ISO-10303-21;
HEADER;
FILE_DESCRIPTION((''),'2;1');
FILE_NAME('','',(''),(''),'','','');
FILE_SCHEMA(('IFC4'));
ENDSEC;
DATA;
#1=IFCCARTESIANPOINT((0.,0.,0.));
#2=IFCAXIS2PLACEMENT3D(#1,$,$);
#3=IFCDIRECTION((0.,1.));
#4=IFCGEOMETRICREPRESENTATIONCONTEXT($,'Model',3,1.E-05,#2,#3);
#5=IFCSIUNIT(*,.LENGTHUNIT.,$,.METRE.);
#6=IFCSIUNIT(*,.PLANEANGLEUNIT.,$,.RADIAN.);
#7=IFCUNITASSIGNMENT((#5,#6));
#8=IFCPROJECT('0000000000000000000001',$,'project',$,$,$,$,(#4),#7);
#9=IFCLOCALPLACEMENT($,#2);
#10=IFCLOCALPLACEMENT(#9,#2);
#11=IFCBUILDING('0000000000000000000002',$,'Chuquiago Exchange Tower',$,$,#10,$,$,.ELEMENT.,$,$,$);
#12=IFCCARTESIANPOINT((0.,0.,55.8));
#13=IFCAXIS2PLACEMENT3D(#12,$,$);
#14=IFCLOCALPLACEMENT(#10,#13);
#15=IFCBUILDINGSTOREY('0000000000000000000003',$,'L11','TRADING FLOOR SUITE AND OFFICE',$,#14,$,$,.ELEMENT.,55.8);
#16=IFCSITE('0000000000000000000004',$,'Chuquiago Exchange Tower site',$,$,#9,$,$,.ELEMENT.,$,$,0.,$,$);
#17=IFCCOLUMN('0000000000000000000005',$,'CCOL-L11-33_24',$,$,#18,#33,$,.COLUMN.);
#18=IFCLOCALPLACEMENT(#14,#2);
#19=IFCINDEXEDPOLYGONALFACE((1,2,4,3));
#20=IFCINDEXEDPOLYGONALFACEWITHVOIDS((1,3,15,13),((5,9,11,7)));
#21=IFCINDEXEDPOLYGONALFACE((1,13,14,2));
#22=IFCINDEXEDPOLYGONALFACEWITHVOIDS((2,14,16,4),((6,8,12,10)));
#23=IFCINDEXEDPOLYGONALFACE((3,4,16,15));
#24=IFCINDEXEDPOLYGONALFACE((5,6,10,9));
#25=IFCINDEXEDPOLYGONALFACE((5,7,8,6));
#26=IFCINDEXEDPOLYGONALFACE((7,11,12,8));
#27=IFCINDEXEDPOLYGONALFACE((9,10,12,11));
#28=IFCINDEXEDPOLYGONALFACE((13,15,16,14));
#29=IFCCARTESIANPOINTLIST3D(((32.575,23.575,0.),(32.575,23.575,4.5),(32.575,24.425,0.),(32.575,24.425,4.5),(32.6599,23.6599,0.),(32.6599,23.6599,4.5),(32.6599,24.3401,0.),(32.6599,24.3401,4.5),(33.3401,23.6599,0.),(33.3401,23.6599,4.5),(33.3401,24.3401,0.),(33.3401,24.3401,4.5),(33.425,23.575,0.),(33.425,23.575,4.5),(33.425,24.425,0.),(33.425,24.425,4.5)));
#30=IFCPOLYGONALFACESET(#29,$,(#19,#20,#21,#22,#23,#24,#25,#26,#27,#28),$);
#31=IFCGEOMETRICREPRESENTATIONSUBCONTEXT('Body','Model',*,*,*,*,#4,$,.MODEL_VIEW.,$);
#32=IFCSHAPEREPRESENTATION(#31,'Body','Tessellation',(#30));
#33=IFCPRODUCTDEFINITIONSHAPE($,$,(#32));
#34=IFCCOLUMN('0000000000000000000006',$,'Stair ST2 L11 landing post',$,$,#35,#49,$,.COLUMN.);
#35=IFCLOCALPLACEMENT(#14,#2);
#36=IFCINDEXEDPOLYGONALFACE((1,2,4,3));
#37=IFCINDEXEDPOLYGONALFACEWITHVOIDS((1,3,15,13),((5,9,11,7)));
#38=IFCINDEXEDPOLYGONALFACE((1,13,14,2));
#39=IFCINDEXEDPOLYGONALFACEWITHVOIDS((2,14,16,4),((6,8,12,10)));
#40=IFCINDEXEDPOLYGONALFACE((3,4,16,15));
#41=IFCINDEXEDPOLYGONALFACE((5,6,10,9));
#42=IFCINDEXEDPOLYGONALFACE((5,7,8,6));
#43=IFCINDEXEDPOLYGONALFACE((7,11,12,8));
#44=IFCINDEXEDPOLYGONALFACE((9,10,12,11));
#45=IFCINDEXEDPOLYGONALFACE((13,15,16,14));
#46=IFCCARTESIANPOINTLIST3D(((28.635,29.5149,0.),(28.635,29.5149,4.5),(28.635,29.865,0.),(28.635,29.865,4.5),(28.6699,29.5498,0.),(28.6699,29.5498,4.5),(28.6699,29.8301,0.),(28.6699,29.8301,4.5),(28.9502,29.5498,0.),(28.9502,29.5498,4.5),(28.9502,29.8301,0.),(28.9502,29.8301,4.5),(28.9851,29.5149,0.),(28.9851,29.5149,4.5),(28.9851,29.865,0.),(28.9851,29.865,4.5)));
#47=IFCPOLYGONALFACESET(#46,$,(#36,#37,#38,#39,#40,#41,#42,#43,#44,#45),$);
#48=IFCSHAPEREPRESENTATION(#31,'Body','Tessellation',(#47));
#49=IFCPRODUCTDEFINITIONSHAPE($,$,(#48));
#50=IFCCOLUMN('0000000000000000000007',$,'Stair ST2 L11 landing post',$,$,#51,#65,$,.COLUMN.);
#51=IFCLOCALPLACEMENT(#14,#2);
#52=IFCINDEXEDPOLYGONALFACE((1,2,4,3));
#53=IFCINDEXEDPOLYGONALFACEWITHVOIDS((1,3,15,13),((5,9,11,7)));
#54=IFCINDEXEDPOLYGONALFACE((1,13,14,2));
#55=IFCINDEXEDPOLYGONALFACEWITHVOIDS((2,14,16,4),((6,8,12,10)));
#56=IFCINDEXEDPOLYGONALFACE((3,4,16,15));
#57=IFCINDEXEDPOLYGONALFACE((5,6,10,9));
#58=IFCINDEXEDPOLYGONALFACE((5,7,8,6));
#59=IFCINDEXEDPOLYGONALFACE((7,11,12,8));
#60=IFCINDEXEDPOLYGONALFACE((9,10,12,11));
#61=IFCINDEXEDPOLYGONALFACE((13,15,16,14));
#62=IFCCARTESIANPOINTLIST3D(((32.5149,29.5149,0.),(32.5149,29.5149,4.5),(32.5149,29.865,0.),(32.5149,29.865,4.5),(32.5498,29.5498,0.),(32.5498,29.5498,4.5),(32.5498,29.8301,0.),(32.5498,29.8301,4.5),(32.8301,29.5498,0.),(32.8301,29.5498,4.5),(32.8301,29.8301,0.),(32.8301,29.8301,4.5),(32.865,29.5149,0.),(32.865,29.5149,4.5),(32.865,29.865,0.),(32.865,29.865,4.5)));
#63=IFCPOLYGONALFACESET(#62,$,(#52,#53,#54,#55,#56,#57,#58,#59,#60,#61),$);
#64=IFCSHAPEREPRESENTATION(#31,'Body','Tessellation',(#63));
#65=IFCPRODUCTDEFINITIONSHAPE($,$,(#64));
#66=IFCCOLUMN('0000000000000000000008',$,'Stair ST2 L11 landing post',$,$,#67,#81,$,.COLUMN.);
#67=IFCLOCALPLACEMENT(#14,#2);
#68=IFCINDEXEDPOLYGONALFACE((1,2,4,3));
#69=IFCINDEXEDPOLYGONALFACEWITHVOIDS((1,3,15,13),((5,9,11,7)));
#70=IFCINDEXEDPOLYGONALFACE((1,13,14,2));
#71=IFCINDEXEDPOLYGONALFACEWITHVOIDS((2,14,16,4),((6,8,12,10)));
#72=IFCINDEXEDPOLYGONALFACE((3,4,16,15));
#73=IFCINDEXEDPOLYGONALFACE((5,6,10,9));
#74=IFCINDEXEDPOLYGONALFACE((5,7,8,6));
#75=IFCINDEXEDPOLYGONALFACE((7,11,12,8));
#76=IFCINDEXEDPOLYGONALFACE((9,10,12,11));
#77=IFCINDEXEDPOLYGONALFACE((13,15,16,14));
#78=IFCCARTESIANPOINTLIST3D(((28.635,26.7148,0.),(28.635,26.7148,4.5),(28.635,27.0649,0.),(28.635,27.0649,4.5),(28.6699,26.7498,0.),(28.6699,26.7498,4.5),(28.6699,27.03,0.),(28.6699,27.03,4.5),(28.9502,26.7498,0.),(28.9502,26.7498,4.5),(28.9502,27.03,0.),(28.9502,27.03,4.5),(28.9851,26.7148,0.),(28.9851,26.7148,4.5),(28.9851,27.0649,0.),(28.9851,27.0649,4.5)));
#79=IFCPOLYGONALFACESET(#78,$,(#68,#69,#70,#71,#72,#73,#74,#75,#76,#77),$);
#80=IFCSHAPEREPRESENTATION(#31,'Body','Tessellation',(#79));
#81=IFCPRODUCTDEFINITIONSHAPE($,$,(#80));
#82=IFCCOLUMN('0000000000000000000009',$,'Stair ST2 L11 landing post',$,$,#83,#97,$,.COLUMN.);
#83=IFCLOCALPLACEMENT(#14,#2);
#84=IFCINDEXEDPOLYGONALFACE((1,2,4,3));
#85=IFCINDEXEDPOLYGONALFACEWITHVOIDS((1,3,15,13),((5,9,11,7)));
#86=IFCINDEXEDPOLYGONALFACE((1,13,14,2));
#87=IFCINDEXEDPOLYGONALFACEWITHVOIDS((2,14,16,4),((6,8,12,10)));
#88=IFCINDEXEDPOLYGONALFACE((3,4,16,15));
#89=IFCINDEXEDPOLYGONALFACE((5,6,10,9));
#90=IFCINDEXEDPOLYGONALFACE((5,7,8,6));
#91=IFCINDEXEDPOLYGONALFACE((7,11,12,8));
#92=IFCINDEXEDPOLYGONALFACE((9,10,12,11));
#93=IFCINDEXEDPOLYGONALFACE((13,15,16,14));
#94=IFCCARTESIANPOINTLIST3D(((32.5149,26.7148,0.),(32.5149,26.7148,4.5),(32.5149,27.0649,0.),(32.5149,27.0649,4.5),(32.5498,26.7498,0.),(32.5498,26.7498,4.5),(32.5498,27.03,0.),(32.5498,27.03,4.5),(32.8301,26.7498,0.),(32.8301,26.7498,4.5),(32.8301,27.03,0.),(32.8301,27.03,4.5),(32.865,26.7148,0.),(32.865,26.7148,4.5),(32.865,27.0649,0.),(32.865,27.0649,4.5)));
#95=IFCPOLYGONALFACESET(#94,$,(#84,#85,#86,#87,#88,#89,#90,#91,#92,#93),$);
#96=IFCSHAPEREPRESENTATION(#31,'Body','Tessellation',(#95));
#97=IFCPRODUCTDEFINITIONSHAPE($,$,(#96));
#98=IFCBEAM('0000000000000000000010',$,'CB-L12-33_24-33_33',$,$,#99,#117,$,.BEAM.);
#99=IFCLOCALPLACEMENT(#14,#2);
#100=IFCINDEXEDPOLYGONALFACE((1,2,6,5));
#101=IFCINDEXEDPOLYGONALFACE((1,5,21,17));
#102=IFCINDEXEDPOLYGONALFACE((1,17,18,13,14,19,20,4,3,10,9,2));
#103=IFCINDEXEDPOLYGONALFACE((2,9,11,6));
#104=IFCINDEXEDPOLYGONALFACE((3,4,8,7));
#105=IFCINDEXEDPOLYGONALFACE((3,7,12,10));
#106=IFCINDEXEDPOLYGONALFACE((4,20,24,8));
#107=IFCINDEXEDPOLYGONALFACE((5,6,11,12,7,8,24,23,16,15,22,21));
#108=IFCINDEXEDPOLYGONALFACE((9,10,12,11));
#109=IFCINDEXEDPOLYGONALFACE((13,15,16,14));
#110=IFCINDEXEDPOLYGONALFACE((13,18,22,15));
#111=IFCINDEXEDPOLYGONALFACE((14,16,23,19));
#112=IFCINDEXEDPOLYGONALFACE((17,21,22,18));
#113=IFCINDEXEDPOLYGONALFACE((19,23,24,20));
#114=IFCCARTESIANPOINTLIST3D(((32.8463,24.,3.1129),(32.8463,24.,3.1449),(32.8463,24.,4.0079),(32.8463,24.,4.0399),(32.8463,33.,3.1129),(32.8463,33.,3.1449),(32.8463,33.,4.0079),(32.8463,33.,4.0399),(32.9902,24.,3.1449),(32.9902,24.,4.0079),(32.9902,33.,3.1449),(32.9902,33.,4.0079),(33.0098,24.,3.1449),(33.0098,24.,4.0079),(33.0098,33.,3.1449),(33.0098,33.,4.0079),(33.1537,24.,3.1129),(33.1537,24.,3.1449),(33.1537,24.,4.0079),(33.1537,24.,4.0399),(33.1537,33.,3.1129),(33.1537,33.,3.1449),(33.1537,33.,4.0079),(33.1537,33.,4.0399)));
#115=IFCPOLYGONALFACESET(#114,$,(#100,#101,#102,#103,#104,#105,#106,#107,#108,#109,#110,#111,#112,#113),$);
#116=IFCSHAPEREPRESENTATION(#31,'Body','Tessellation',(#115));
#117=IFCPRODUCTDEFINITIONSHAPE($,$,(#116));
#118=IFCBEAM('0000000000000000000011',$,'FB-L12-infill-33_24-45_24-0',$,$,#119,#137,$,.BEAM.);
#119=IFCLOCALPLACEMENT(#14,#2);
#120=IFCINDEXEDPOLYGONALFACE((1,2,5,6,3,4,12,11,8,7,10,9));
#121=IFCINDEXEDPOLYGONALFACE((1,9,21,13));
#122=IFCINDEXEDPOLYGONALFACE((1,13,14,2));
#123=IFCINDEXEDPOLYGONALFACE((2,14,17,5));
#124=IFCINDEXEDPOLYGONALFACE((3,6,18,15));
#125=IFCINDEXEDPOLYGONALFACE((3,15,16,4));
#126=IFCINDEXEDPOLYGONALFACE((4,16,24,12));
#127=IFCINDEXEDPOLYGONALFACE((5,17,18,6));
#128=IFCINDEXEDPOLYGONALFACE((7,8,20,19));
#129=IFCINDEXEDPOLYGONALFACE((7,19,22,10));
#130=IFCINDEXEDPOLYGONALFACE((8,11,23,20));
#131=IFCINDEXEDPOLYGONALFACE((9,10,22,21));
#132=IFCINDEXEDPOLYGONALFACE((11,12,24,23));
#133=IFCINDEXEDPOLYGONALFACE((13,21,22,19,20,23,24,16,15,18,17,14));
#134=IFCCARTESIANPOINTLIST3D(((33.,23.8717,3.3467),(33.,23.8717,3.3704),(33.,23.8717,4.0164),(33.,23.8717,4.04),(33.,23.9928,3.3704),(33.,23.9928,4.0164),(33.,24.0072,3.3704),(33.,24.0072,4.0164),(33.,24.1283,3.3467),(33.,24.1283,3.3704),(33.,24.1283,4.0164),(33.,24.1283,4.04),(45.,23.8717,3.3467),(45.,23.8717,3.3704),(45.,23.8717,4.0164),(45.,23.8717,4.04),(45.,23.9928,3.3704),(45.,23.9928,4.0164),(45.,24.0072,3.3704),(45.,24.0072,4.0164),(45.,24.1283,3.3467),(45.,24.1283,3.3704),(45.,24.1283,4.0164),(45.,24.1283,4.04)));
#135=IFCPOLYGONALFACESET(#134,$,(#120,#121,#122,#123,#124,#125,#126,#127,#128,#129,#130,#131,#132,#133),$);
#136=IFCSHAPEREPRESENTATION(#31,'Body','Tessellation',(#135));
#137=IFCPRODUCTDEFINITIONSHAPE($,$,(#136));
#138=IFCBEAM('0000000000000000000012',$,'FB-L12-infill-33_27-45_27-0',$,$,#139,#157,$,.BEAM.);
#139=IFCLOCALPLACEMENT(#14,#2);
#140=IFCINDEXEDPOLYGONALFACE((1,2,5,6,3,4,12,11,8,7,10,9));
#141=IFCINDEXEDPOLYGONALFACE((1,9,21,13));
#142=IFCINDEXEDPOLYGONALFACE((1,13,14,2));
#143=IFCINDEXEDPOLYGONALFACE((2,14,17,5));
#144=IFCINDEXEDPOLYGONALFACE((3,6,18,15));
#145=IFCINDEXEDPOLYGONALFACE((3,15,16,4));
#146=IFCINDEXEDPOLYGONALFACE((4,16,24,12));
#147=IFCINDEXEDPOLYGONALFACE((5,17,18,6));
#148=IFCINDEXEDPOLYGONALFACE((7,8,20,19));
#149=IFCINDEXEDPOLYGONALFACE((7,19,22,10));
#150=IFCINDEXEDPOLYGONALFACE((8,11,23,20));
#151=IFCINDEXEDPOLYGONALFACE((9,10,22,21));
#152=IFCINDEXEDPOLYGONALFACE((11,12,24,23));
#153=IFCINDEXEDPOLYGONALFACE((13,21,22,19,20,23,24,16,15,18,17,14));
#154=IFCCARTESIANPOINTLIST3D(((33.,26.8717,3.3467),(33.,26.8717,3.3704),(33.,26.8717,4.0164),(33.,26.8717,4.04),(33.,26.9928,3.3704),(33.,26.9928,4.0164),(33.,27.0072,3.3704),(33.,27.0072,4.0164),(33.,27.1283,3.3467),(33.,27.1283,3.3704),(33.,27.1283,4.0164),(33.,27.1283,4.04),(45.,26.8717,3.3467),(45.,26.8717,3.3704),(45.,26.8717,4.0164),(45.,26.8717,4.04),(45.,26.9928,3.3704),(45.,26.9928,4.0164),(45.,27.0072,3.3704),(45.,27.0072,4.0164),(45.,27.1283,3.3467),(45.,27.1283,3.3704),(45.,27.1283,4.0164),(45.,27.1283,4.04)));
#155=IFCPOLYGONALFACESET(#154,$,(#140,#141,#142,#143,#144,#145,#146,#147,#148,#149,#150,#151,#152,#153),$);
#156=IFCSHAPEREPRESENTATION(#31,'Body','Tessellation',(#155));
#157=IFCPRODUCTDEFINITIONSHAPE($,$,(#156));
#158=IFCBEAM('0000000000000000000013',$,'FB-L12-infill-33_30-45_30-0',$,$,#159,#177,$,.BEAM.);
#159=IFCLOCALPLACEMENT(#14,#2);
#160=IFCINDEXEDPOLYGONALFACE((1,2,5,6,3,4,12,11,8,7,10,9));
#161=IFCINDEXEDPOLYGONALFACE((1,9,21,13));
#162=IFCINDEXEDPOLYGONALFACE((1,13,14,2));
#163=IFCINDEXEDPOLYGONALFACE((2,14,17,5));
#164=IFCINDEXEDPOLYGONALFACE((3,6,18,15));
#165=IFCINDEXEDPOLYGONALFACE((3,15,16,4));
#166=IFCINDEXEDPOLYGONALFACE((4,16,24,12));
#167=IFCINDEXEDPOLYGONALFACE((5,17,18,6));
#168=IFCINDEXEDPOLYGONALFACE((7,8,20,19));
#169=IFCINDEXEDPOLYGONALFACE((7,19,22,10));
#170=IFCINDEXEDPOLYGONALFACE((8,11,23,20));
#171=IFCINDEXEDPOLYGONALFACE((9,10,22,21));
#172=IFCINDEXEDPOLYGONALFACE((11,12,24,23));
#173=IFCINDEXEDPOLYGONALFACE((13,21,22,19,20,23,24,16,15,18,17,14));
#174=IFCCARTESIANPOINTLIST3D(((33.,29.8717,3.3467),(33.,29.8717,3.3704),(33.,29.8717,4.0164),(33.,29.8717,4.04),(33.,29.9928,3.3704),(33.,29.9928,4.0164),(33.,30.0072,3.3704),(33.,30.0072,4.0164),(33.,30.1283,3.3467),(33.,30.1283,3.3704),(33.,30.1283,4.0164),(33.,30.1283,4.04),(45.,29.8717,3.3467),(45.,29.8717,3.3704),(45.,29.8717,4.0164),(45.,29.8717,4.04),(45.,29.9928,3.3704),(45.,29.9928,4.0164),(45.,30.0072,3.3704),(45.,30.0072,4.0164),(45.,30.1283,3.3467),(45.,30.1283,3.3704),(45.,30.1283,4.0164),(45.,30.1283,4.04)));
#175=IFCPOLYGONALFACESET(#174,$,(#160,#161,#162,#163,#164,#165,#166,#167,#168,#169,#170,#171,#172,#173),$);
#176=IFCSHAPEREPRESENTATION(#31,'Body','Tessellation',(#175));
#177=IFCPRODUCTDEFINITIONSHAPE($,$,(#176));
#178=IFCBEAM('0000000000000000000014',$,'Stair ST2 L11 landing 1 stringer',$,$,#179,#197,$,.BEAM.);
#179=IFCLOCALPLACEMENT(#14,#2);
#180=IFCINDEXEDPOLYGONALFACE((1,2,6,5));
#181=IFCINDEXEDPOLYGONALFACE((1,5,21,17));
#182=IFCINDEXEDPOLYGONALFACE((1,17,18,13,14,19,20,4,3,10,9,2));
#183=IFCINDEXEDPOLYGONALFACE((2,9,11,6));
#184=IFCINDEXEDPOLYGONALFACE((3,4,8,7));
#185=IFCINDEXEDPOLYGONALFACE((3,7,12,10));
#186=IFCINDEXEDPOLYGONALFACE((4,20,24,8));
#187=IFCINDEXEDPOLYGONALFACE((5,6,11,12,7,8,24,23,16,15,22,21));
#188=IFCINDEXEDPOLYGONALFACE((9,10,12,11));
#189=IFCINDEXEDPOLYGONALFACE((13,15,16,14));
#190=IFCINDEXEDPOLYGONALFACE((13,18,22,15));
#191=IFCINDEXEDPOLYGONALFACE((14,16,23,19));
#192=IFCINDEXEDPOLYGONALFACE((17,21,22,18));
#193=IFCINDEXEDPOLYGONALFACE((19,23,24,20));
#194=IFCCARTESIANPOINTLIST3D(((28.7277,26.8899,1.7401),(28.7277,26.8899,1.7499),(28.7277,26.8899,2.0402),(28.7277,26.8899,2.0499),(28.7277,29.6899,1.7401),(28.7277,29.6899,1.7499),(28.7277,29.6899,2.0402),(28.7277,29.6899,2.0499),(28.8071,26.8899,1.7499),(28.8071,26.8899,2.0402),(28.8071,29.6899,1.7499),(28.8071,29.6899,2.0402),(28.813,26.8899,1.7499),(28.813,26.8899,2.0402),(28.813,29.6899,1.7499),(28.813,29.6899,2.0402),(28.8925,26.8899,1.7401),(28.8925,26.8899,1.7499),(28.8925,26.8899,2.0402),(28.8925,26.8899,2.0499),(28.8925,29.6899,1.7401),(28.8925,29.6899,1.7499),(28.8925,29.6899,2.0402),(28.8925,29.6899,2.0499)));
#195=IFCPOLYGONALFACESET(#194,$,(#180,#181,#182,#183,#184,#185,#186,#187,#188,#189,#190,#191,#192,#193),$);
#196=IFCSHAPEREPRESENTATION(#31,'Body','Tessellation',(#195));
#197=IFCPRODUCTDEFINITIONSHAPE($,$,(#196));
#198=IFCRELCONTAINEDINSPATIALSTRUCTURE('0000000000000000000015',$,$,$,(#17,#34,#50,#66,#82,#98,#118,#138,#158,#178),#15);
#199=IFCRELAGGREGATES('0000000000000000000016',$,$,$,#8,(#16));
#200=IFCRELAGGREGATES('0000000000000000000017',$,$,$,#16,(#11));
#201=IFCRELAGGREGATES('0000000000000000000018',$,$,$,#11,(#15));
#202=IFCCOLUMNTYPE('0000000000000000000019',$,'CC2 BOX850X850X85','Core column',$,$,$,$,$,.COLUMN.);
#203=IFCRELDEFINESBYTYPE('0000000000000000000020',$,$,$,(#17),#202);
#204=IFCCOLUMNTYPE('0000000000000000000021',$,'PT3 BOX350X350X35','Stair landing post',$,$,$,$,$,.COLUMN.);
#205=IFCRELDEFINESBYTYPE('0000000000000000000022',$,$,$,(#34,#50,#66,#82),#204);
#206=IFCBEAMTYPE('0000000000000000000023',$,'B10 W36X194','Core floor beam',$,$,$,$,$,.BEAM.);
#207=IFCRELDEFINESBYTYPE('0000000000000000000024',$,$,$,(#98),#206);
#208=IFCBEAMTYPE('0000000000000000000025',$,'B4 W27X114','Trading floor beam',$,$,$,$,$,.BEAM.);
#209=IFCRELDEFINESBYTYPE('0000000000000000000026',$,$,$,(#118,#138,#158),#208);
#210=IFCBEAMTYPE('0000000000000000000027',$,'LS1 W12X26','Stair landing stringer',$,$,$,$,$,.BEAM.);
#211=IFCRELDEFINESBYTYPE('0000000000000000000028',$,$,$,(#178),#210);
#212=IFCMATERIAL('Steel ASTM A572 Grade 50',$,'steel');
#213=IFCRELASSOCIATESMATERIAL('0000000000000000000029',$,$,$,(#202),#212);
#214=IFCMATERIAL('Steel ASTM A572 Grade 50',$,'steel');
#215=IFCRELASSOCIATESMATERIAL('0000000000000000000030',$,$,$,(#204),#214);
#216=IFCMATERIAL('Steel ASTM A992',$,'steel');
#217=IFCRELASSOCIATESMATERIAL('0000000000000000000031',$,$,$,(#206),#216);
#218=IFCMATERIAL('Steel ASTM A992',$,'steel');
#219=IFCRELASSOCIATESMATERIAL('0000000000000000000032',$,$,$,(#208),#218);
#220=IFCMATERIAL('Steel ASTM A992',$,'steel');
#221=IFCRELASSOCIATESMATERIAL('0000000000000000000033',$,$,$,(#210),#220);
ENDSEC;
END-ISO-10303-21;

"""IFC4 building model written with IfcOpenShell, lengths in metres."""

from ifc_helpers import new_model, si_unit, direction, frame, origin, origin_2d, place, context, subcontext, project, spatial, hollow_rectangle, i_section, extrude, material, material_profile, profile_set, type_object, element, save


model = new_model("IFC4")

# Units and contexts
model_context = context("Model", 3, precision=1e-05, world=origin(), true_north=direction((0.0, 1.0)))
body_context = subcontext(model_context, "Body", "Model", "MODEL_VIEW")
ifc_project = project(units=[si_unit("LENGTHUNIT", "METRE"), si_unit("PLANEANGLEUNIT", "RADIAN")], contexts=[model_context])

# Site, building, storey
site_placement = place(None, origin())
site = spatial("IfcSite", under=ifc_project, at=site_placement, Name="Chuquiago Exchange Tower site", CompositionType="ELEMENT", RefElevation=0.0)
building_placement = place(site_placement, origin())
building = spatial("IfcBuilding", under=site, at=building_placement, Name="Chuquiago Exchange Tower", CompositionType="ELEMENT")
storey_placement = place(building_placement, frame((0.0, 0.0, 55.8)))
storey = spatial("IfcBuildingStorey", under=building, at=storey_placement, Name="L11", Description="TRADING FLOOR SUITE AND OFFICE", CompositionType="ELEMENT", Elevation=55.8)

# Columns
ifc_material_1 = material(Name="Steel ASTM A572 Grade 50", Category="steel")
ifc_material_profile_1 = material_profile(ifc_material_1, hollow_rectangle(XDim=0.8501, YDim=0.8501, WallThickness=0.085, at=origin_2d()), Name="BOX850X850X85")
ifc_profile_set_1 = profile_set([ifc_material_profile_1], Name="Steel ASTM A572 Grade 50")
column_type_1 = type_object("IfcColumnType", Name="CC2 BOX850X850X85", Description="Core column", PredefinedType="COLUMN", material=ifc_profile_set_1)
column_placement = place(storey_placement, frame((33.0, 24.0, 0.0), z_axis=(0.0, 0.0, 1.0), x_axis=(1.0, 0.0, 0.0)))
element("IfcColumn", 1, at=column_placement, inside=storey, type_object=column_type_1, Name="CCOL-L11-33_24", PredefinedType="COLUMN", context=body_context, shape_type="SweptSolid", body=[
    extrude(hollow_rectangle(XDim=0.8501, YDim=0.8501, WallThickness=0.085, at=origin_2d()), origin(), (0.0, 0.0, 1.0), 4.5),
])
ifc_material_2 = material(Name="Steel ASTM A572 Grade 50", Category="steel")
ifc_material_profile_2 = material_profile(ifc_material_2, hollow_rectangle(XDim=0.3501, YDim=0.3501, WallThickness=0.0349, at=origin_2d()), Name="BOX350X350X35")
ifc_profile_set_2 = profile_set([ifc_material_profile_2], Name="Steel ASTM A572 Grade 50")
column_type_2 = type_object("IfcColumnType", Name="PT3 BOX350X350X35", Description="Stair landing post", PredefinedType="COLUMN", material=ifc_profile_set_2)
for number, where, z_axis, x_axis, name in (
    (2, (28.8101, 29.6899, 0.0), (0.0, 0.0, 1.0), (1.0, 0.0, 0.0), "Stair ST2 L11 landing post"),
    (3, (32.6899, 29.6899, 0.0), (0.0, 0.0, 1.0), (1.0, 0.0, 0.0), "Stair ST2 L11 landing post"),
    (4, (28.8101, 26.8899, 0.0), (0.0, 0.0, 1.0), (1.0, 0.0, 0.0), "Stair ST2 L11 landing post"),
    (5, (32.6899, 26.8899, 0.0), (0.0, 0.0, 1.0), (1.0, 0.0, 0.0), "Stair ST2 L11 landing post"),
):
    element("IfcColumn", number, at=place(storey_placement, frame(where, z_axis=z_axis, x_axis=x_axis)), inside=storey, type_object=column_type_2, Name=name, PredefinedType="COLUMN", context=body_context, shape_type="SweptSolid", body=[
        extrude(hollow_rectangle(XDim=0.3501, YDim=0.3501, WallThickness=0.0349, at=origin_2d()), origin(), (0.0, 0.0, 1.0), 4.5),
    ])

# Beams
ifc_material_3 = material(Name="Steel ASTM A992", Category="steel")
ifc_material_profile_3 = material_profile(ifc_material_3, i_section(OverallWidth=0.3074, OverallDepth=0.927, WebThickness=0.0195, FlangeThickness=0.032, at=origin_2d()), Name="W36X194")
ifc_profile_set_3 = profile_set([ifc_material_profile_3], Name="Steel ASTM A992")
beam_type_1 = type_object("IfcBeamType", Name="B10 W36X194", Description="Core floor beam", PredefinedType="BEAM", material=ifc_profile_set_3)
beam_placement = place(storey_placement, frame((33.0, 24.0, 3.5764), z_axis=(0.0, 1.0, 0.0), x_axis=(-1.0, 0.0, 0.0)))
element("IfcBeam", 6, at=beam_placement, inside=storey, type_object=beam_type_1, Name="CB-L12-33_24-33_33", PredefinedType="BEAM", context=body_context, shape_type="SweptSolid", body=[
    extrude(i_section(OverallWidth=0.3074, OverallDepth=0.927, WebThickness=0.0195, FlangeThickness=0.032, at=origin_2d()), origin(), (0.0, 0.0, 1.0), 9.0),
])
ifc_material_4 = material(Name="Steel ASTM A992", Category="steel")
ifc_material_profile_4 = material_profile(ifc_material_4, i_section(OverallWidth=0.2566, OverallDepth=0.6934, WebThickness=0.0144, FlangeThickness=0.0237, at=origin_2d()), Name="W27X114")
ifc_profile_set_4 = profile_set([ifc_material_profile_4], Name="Steel ASTM A992")
beam_type_2 = type_object("IfcBeamType", Name="B4 W27X114", Description="Trading floor beam", PredefinedType="BEAM", material=ifc_profile_set_4)
for number, where, z_axis, x_axis, name in (
    (7, (33.0, 24.0, 3.6934), (1.0, 0.0, 0.0), (0.0, 1.0, 0.0), "FB-L12-infill-33_24-45_24-0"),
    (8, (33.0, 27.0, 3.6934), (1.0, 0.0, 0.0), (0.0, 1.0, 0.0), "FB-L12-infill-33_27-45_27-0"),
    (9, (33.0, 30.0, 3.6934), (1.0, 0.0, 0.0), (0.0, 1.0, 0.0), "FB-L12-infill-33_30-45_30-0"),
):
    element("IfcBeam", number, at=place(storey_placement, frame(where, z_axis=z_axis, x_axis=x_axis)), inside=storey, type_object=beam_type_2, Name=name, PredefinedType="BEAM", context=body_context, shape_type="SweptSolid", body=[
        extrude(i_section(OverallWidth=0.2566, OverallDepth=0.6934, WebThickness=0.0144, FlangeThickness=0.0237, at=origin_2d()), origin(), (0.0, 0.0, 1.0), 12.0),
    ])
ifc_material_5 = material(Name="Steel ASTM A992", Category="steel")
ifc_material_profile_5 = material_profile(ifc_material_5, i_section(OverallWidth=0.1648, OverallDepth=0.3098, WebThickness=0.0059, FlangeThickness=0.0098, at=origin_2d()), Name="W12X26")
ifc_profile_set_5 = profile_set([ifc_material_profile_5], Name="Steel ASTM A992")
beam_type_3 = type_object("IfcBeamType", Name="LS1 W12X26", Description="Stair landing stringer", PredefinedType="BEAM", material=ifc_profile_set_5)
for number, where, z_axis, x_axis, name in (
    (10, (28.8101, 26.8899, 1.895), (0.0, 1.0, 0.0), (-1.0, 0.0, 0.0), "Stair ST2 L11 landing 1 stringer"),
):
    element("IfcBeam", number, at=place(storey_placement, frame(where, z_axis=z_axis, x_axis=x_axis)), inside=storey, type_object=beam_type_3, Name=name, PredefinedType="BEAM", context=body_context, shape_type="SweptSolid", body=[
        extrude(i_section(OverallWidth=0.1648, OverallDepth=0.3098, WebThickness=0.0059, FlangeThickness=0.0098, at=origin_2d()), origin(), (0.0, 0.0, 1.0), 2.8),
    ])

save(model, "model.ifc")
